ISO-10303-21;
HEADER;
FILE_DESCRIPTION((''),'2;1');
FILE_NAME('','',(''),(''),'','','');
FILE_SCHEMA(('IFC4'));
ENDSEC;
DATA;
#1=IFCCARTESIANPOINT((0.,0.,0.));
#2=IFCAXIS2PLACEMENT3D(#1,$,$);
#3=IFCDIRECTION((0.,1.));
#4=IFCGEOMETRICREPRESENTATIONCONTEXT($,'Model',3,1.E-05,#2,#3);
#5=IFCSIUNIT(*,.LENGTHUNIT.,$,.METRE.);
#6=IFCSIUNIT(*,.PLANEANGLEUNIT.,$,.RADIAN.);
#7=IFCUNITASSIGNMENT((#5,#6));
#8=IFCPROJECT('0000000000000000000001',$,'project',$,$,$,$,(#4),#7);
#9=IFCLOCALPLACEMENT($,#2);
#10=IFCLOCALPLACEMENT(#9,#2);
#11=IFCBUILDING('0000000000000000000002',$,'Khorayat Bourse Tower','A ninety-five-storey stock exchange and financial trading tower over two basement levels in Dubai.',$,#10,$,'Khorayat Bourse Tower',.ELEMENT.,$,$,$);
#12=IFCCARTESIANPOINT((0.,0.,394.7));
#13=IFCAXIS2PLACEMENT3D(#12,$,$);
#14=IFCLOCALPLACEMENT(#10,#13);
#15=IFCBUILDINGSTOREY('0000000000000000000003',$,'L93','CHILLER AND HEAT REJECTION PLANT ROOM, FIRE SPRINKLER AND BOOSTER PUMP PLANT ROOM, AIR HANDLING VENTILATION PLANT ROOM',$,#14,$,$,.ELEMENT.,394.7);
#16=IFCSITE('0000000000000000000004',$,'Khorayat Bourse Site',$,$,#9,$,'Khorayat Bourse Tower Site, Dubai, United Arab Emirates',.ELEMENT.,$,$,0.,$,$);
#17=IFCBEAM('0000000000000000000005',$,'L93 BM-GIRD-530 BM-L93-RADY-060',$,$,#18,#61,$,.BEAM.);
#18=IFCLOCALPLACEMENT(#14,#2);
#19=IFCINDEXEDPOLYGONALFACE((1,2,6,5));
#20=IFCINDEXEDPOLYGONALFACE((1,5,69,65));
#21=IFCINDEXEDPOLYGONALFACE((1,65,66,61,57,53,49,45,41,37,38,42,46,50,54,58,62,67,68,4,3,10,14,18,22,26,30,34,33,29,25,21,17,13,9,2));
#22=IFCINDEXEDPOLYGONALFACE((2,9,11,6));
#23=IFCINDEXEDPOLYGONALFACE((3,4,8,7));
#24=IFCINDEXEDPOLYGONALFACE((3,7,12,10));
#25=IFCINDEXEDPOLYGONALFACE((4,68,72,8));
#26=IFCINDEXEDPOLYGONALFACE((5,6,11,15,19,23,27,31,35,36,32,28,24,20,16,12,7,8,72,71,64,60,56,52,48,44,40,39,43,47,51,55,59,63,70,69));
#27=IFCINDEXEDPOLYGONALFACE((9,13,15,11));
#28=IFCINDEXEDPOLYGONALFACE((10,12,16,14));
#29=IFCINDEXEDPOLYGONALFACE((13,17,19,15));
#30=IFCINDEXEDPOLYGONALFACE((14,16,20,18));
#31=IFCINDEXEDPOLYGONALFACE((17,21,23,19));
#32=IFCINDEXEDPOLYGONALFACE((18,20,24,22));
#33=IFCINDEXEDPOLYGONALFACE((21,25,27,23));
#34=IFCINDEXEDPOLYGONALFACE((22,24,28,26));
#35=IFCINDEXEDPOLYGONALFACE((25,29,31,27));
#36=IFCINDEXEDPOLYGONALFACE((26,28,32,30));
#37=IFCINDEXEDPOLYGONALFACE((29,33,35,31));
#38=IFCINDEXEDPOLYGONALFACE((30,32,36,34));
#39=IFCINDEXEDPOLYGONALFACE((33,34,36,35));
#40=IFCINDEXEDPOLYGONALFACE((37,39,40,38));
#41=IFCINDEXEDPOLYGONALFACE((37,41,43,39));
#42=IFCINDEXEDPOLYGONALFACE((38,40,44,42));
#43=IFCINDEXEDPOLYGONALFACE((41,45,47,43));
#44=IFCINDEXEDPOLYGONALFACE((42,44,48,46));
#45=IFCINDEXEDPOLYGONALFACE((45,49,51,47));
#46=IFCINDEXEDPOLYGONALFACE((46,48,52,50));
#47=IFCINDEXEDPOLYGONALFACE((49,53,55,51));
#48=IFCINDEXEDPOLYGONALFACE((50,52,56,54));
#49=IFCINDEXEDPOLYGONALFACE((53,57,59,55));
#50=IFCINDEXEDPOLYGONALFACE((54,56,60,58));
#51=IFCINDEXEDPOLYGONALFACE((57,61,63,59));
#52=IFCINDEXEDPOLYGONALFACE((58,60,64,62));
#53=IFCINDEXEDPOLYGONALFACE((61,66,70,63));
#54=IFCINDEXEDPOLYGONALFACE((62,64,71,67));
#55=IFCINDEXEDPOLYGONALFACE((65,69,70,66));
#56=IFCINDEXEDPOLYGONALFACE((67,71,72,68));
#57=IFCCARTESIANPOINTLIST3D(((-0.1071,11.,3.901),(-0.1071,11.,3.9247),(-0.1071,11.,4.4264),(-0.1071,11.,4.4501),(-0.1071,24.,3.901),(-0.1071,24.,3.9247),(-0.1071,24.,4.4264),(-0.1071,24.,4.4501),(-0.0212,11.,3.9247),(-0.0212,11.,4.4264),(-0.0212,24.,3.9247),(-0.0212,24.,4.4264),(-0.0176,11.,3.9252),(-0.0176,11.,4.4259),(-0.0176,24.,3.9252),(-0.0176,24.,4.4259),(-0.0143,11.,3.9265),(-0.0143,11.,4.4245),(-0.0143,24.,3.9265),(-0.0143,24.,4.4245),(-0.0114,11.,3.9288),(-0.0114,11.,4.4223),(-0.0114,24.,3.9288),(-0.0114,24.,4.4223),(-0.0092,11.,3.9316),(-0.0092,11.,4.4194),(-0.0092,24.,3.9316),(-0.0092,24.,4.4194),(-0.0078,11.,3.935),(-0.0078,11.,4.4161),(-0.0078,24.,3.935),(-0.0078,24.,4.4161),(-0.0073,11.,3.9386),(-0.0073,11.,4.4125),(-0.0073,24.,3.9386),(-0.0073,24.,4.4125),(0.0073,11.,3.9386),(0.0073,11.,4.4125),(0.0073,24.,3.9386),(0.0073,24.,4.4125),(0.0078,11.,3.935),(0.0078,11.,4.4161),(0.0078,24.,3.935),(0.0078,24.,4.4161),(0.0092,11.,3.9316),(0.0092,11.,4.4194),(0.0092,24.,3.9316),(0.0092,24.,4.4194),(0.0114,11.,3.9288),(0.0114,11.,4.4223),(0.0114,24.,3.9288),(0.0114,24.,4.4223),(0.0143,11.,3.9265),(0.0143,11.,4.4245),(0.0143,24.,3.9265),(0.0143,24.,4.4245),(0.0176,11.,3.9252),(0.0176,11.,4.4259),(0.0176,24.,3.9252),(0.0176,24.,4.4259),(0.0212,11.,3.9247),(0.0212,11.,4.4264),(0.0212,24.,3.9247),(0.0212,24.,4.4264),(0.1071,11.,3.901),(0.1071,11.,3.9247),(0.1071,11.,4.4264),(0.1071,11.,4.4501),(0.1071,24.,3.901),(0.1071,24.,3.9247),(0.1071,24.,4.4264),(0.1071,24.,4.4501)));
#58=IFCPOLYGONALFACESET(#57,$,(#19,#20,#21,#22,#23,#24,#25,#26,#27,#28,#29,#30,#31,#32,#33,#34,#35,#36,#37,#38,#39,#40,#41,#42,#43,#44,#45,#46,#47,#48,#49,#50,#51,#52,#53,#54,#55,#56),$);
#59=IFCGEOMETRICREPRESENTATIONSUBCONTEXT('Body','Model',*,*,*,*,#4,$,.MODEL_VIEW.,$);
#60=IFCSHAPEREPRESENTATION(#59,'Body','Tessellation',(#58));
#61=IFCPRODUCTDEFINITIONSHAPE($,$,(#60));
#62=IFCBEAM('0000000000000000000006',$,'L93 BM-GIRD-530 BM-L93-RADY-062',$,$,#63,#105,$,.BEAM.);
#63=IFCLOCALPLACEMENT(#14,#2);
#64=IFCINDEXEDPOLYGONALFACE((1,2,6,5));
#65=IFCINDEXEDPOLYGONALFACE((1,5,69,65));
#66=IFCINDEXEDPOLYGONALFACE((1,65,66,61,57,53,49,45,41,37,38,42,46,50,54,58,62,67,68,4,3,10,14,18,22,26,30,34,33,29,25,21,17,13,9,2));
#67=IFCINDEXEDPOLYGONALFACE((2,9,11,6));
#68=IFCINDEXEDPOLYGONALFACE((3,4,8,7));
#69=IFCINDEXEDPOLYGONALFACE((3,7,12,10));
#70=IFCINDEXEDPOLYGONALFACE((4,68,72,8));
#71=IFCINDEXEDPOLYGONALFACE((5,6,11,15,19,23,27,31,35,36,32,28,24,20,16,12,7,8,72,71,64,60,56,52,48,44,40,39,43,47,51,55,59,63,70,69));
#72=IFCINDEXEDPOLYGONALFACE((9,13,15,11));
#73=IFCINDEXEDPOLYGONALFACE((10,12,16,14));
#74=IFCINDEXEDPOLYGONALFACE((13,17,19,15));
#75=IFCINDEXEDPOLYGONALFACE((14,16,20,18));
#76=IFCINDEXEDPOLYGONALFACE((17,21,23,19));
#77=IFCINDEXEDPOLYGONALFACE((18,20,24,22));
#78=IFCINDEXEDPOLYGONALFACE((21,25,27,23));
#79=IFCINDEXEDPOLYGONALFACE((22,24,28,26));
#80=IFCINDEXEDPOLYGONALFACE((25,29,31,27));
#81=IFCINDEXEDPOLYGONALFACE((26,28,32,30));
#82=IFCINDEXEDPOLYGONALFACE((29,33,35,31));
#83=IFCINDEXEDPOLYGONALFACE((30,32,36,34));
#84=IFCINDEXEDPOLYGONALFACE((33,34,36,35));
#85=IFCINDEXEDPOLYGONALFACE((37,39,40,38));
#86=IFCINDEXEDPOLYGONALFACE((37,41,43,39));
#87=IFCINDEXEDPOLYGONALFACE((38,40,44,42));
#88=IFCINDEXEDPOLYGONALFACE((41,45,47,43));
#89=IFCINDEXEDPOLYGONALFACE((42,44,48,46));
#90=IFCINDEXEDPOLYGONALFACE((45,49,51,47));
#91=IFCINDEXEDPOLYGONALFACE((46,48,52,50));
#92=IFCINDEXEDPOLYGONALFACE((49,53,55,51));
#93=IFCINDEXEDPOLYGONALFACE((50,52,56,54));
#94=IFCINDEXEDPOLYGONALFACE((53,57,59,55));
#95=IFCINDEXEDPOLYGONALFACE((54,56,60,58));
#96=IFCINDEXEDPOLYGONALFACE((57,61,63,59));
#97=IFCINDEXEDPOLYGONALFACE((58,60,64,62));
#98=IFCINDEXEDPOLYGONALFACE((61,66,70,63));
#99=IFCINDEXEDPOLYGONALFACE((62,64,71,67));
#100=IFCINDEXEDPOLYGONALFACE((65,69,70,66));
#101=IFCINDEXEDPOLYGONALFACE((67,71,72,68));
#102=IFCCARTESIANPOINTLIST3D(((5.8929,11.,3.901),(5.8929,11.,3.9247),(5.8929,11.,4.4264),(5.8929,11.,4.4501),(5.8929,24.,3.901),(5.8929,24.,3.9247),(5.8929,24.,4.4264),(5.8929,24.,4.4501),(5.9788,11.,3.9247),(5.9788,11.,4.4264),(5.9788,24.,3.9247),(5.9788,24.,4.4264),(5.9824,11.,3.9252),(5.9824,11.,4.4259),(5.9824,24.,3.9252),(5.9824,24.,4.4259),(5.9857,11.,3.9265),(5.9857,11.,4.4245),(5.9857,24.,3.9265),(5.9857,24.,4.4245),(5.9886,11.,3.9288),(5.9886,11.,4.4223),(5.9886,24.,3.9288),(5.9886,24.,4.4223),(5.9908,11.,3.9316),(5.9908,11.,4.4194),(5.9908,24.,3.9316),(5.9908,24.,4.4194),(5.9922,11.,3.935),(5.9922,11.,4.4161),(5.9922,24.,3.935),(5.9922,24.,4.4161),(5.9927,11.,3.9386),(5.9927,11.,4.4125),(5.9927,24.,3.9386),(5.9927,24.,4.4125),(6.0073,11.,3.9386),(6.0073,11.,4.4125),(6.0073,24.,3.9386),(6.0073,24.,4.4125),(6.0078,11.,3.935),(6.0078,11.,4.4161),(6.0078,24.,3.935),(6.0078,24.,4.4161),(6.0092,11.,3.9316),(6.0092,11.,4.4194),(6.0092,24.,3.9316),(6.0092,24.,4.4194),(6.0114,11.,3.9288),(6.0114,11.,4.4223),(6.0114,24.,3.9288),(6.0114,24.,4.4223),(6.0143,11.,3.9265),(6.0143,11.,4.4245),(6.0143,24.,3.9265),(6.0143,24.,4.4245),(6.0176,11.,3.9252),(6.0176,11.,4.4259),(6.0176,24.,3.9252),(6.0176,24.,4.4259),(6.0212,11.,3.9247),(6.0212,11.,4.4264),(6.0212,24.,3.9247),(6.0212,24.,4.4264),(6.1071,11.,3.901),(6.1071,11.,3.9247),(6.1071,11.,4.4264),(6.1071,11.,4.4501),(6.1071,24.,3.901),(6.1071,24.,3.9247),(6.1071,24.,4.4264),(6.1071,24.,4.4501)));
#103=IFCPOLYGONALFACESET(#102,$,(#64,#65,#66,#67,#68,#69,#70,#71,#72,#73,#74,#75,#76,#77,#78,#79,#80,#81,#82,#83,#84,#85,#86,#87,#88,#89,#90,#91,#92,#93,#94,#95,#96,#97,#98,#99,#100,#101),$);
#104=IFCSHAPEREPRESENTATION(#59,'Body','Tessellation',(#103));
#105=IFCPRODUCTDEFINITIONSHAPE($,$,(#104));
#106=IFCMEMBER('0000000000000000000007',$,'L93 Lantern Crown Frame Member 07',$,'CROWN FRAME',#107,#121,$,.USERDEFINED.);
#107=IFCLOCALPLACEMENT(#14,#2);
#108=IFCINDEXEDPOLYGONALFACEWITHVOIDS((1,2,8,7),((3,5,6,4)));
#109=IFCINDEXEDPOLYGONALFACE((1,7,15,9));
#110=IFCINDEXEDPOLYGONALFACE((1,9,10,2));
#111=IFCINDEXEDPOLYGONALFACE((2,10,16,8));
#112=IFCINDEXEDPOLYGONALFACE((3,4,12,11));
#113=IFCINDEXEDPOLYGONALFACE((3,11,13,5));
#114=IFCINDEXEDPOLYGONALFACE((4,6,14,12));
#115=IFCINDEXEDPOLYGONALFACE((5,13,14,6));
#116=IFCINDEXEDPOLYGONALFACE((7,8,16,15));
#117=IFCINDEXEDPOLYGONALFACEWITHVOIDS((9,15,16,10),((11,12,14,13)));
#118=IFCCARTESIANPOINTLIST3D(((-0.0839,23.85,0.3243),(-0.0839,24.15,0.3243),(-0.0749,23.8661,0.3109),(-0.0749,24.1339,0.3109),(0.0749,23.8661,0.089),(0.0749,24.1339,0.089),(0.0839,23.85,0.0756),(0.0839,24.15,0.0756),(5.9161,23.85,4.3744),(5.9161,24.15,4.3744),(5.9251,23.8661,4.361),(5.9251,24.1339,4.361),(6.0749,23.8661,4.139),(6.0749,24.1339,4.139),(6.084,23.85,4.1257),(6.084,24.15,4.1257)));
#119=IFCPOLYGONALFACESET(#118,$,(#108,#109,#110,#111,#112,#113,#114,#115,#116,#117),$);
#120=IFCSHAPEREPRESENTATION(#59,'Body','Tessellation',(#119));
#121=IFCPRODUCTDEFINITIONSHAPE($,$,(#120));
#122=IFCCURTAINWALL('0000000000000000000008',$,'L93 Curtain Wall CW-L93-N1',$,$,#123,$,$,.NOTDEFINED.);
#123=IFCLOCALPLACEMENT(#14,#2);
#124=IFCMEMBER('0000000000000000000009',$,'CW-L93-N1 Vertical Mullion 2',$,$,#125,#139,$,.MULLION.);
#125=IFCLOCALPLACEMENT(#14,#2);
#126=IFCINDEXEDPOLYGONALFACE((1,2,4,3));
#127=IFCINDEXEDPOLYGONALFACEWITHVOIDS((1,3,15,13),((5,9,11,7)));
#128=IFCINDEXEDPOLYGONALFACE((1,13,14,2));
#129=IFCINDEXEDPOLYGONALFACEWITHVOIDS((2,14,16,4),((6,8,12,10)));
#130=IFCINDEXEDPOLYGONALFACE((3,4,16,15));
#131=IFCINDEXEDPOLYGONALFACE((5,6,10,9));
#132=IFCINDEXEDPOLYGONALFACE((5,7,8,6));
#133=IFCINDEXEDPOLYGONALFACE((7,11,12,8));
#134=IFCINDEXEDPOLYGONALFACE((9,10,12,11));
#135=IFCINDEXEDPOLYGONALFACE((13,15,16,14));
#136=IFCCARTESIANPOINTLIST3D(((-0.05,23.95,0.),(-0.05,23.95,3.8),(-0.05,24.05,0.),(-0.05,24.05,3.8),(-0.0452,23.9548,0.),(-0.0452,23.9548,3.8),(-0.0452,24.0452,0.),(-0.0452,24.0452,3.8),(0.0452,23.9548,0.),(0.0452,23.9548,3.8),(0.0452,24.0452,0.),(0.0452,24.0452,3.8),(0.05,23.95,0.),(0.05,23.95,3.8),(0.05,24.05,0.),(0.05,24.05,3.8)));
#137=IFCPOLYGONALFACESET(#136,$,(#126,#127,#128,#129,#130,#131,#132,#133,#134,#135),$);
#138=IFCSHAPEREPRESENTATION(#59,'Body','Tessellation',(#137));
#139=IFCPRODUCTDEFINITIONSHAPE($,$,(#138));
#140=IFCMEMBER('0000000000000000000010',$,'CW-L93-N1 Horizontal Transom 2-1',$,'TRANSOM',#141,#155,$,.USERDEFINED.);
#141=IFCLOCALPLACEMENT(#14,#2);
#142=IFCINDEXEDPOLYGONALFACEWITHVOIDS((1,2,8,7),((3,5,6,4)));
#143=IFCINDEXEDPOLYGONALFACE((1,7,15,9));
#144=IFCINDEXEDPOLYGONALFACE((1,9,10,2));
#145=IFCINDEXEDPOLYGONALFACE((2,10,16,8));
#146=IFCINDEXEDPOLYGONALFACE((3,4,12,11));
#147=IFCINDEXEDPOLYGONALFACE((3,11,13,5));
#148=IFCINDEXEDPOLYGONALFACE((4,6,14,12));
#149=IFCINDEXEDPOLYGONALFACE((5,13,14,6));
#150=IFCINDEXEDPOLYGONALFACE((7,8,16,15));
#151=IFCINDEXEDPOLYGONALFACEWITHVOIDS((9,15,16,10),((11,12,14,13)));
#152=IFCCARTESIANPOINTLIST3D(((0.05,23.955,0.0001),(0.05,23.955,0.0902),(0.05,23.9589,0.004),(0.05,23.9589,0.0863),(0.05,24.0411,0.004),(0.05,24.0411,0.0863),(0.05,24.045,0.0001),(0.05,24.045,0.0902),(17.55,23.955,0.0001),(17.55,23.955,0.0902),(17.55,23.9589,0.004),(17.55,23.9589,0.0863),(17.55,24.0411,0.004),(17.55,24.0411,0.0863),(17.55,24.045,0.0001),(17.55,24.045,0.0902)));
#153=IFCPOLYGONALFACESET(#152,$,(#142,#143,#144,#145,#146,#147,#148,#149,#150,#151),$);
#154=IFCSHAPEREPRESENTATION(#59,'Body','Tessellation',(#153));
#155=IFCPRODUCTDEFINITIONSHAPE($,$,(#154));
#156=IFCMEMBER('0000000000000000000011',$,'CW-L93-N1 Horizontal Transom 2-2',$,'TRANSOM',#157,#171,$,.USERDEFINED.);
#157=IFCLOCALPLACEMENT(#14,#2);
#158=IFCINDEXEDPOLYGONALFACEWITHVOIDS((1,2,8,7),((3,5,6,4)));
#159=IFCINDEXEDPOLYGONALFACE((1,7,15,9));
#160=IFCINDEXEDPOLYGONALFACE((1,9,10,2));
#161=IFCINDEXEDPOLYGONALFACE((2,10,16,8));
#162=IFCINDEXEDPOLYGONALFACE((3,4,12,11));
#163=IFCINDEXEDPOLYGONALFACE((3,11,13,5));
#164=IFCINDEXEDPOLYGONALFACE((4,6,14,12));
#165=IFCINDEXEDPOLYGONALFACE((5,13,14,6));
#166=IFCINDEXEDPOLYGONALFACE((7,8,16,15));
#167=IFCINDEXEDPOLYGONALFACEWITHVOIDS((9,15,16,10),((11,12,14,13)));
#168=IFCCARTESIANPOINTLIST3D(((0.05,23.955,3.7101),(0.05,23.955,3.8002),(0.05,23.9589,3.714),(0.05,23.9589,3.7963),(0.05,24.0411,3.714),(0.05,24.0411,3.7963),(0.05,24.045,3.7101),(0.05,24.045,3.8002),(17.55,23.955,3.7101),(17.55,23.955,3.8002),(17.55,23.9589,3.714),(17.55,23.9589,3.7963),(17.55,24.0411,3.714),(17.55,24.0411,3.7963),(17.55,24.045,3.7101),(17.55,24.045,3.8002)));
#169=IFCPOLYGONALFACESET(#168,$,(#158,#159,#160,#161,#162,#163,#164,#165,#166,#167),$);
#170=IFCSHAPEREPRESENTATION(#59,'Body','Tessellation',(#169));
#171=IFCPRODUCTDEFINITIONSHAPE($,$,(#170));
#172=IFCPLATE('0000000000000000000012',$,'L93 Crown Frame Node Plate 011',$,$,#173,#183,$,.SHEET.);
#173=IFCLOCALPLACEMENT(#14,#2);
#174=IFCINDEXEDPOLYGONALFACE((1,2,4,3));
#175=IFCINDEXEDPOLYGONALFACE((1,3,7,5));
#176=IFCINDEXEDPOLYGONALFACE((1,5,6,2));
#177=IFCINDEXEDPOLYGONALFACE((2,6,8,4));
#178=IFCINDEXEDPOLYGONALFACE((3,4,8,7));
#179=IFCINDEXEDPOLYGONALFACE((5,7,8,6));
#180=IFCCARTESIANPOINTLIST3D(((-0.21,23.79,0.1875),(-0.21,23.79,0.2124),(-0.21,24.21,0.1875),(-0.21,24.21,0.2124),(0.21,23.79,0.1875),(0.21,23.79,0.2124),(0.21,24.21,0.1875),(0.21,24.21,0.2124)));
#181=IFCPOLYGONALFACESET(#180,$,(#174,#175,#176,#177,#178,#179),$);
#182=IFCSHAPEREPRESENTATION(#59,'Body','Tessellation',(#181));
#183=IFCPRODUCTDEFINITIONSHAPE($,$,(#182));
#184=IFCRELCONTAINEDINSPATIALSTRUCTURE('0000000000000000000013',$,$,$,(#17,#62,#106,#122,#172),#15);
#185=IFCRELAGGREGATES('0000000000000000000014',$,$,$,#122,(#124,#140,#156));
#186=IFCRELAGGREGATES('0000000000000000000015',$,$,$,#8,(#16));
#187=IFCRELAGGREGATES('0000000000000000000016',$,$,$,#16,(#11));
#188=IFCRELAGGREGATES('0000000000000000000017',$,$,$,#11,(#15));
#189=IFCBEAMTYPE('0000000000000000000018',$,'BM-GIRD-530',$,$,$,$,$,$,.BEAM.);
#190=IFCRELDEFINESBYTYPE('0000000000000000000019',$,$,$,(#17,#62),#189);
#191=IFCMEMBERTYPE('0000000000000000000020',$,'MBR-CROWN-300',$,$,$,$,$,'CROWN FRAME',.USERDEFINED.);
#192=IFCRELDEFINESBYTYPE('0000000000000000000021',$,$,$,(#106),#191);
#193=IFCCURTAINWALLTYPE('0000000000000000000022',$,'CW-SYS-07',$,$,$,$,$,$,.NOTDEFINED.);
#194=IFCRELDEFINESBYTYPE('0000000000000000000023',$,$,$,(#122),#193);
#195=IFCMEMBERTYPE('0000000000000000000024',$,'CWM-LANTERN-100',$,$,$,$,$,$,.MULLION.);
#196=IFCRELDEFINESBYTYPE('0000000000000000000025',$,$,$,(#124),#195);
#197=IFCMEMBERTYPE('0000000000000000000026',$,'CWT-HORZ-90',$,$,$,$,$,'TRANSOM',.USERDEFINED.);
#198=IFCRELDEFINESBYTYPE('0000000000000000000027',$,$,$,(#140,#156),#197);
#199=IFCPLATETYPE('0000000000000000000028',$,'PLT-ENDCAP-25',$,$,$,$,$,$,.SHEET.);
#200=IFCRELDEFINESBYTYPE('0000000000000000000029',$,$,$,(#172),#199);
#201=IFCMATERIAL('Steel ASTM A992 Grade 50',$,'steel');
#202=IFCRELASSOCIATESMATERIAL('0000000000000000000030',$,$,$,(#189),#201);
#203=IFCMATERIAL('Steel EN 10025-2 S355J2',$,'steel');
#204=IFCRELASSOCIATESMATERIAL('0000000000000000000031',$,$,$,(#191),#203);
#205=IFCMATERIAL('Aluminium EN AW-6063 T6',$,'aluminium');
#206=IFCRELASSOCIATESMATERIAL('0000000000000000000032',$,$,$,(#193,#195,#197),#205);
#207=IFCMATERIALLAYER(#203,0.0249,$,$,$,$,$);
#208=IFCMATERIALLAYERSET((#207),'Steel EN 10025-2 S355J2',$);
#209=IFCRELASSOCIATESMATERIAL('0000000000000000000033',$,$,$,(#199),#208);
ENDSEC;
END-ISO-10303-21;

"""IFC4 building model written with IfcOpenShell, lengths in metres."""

from ifc_helpers import new_model, si_unit, direction, frame, origin, origin_2d, place, context, subcontext, project, spatial, rectangle, hollow_rectangle, i_section, extrude, source, transform, mapped, material, layer, layer_set, material_profile, profile_set, type_object, element, aggregate, save


model = new_model("IFC4")

# Units and contexts
model_context = context("Model", 3, precision=1e-05, world=origin(), true_north=direction((0.0, 1.0)))
body_context = subcontext(model_context, "Body", "Model", "MODEL_VIEW")
ifc_project = project(units=[si_unit("LENGTHUNIT", "METRE"), si_unit("PLANEANGLEUNIT", "RADIAN")], contexts=[model_context])

# Site, building, storey
site_placement = place(None, origin())
site = spatial("IfcSite", under=ifc_project, at=site_placement, Name="Khorayat Bourse Site", LongName="Khorayat Bourse Tower Site, Dubai, United Arab Emirates", CompositionType="ELEMENT", RefElevation=0.0)
building_placement = place(site_placement, origin())
building = spatial("IfcBuilding", under=site, at=building_placement, Name="Khorayat Bourse Tower", Description="A ninety-five-storey stock exchange and financial trading tower over two basement levels in Dubai.", LongName="Khorayat Bourse Tower", CompositionType="ELEMENT")
storey_placement = place(building_placement, frame((0.0, 0.0, 394.7)))
storey = spatial("IfcBuildingStorey", under=building, at=storey_placement, Name="L93", Description="CHILLER AND HEAT REJECTION PLANT ROOM, FIRE SPRINKLER AND BOOSTER PUMP PLANT ROOM, AIR HANDLING VENTILATION PLANT ROOM", CompositionType="ELEMENT", Elevation=394.7)

# Shared definitions
ifc_material_1 = material(Name="Steel EN 10025-2 S355J2", Category="steel")

# Beams
ifc_material_2 = material(Name="Steel ASTM A992 Grade 50", Category="steel")
ifc_material_profile_1 = material_profile(ifc_material_2, i_section(OverallWidth=0.2141, OverallDepth=0.5491, WebThickness=0.0146, FlangeThickness=0.0237, FilletRadius=0.0139, at=origin_2d()), Name="W530X138")
ifc_profile_set_1 = profile_set([ifc_material_profile_1], Name="Steel ASTM A992 Grade 50")
beam_type_1 = type_object("IfcBeamType", Name="BM-GIRD-530", PredefinedType="BEAM", material=ifc_profile_set_1)
shared_shape_1 = source(origin(), body_context, "Body", "SweptSolid", [
    extrude(i_section(OverallWidth=0.2141, OverallDepth=0.5491, WebThickness=0.0146, FlangeThickness=0.0237, FilletRadius=0.0139, at=origin_2d()), origin(), (0.0, 0.0, 1.0), 13.0),
])
for number, where, z_axis, x_axis, name in (
    (1, (0.0, 11.0, 4.1755), (0.0, 1.0, 0.0), (-1.0, 0.0, 0.0), "L93 BM-GIRD-530 BM-L93-RADY-060"),
    (2, (6.0, 11.0, 4.1755), (0.0, 1.0, 0.0), (-1.0, 0.0, 0.0), "L93 BM-GIRD-530 BM-L93-RADY-062"),
):
    element("IfcBeam", number, at=place(storey_placement, frame(where, z_axis=z_axis, x_axis=x_axis)), inside=storey, type_object=beam_type_1, Name=name, PredefinedType="BEAM", context=body_context, shape_type="MappedRepresentation", body=[
        mapped(shared_shape_1, transform((0.0, 0.0, 0.0), scale=1.0)),
    ])

# Member
ifc_material_profile_2 = material_profile(ifc_material_1, hollow_rectangle(XDim=0.3, YDim=0.3, WallThickness=0.0161, at=origin_2d()), Name="HSS 300x300x16")
ifc_profile_set_2 = profile_set([ifc_material_profile_2], Name="Steel EN 10025-2 S355J2")
member_type_1 = type_object("IfcMemberType", Name="MBR-CROWN-300", ElementType="CROWN FRAME", PredefinedType="USERDEFINED", material=ifc_profile_set_2)
shared_shape_2 = source(origin(), body_context, "Body", "SweptSolid", [
    extrude(hollow_rectangle(XDim=0.3, YDim=0.3, WallThickness=0.0161, at=origin_2d()), origin(), (0.0, 0.0, 1.0), 7.239),
])
member_1_placement = place(storey_placement, frame((0.0, 24.0, 0.2), z_axis=(0.828846, 0.0, 0.559477), x_axis=(0.0, 1.0, 0.0)))
element("IfcMember", 3, at=member_1_placement, inside=storey, type_object=member_type_1, Name="L93 Lantern Crown Frame Member 07", ObjectType="CROWN FRAME", PredefinedType="USERDEFINED", context=body_context, shape_type="MappedRepresentation", body=[
    mapped(shared_shape_2, transform((0.0, 0.0, 0.0), scale=1.0)),
])

# Curtain wall, members
ifc_material_3 = material(Name="Aluminium EN AW-6063 T6", Category="aluminium")
curtain_wall_type = type_object("IfcCurtainWallType", Name="CW-SYS-07", PredefinedType="NOTDEFINED", material=ifc_material_3)
curtain_wall_placement = place(storey_placement, origin())
curtain_wall = element("IfcCurtainWall", 4, at=curtain_wall_placement, inside=storey, type_object=curtain_wall_type, Name="L93 Curtain Wall CW-L93-N1", PredefinedType="NOTDEFINED")
ifc_material_profile_3 = material_profile(ifc_material_3, hollow_rectangle(XDim=0.1001, YDim=0.1001, WallThickness=0.0049, at=origin_2d()), Name="ALU 100x100x5")
ifc_profile_set_3 = profile_set([ifc_material_profile_3], Name="Aluminium EN AW-6063 T6")
member_type_2 = type_object("IfcMemberType", Name="CWM-LANTERN-100", PredefinedType="MULLION", material=ifc_profile_set_3)
shared_shape_3 = source(origin(), body_context, "Body", "SweptSolid", [
    extrude(hollow_rectangle(XDim=0.1001, YDim=0.1001, WallThickness=0.0049, at=origin_2d()), origin(), (0.0, 0.0, 1.0), 3.8),
])
member_2_placement = place(storey_placement, frame((0.0, 24.0, 0.0), z_axis=(0.0, 0.0, 1.0), x_axis=(0.0, 1.0, 0.0)))
member_2 = element("IfcMember", 5, at=member_2_placement, type_object=member_type_2, Name="CW-L93-N1 Vertical Mullion 2", PredefinedType="MULLION", context=body_context, shape_type="MappedRepresentation", body=[
    mapped(shared_shape_3, transform((0.0, 0.0, 0.0), scale=1.0)),
])
ifc_material_profile_4 = material_profile(ifc_material_3, hollow_rectangle(XDim=0.0901, YDim=0.0901, WallThickness=0.0039, at=origin_2d()), Name="ALU 90x90x4")
ifc_profile_set_4 = profile_set([ifc_material_profile_4], Name="Aluminium EN AW-6063 T6")
member_type_3 = type_object("IfcMemberType", Name="CWT-HORZ-90", ElementType="TRANSOM", PredefinedType="USERDEFINED", material=ifc_profile_set_4)
shared_shape_4 = source(origin(), body_context, "Body", "SweptSolid", [
    extrude(hollow_rectangle(XDim=0.0901, YDim=0.0901, WallThickness=0.0039, at=origin_2d()), origin(), (0.0, 0.0, 1.0), 17.5),
])
member_3_placement = place(storey_placement, frame((0.05, 24.0, 0.0452), z_axis=(1.0, 0.0, 0.0), x_axis=(0.0, 1.0, 0.0)))
member_3 = element("IfcMember", 6, at=member_3_placement, type_object=member_type_3, Name="CW-L93-N1 Horizontal Transom 2-1", ObjectType="TRANSOM", PredefinedType="USERDEFINED", context=body_context, shape_type="MappedRepresentation", body=[
    mapped(shared_shape_4, transform((0.0, 0.0, 0.0), scale=1.0)),
])
member_4_placement = place(storey_placement, frame((0.05, 24.0, 3.7551), z_axis=(1.0, 0.0, 0.0), x_axis=(0.0, 1.0, 0.0)))
member_4 = element("IfcMember", 7, at=member_4_placement, type_object=member_type_3, Name="CW-L93-N1 Horizontal Transom 2-2", ObjectType="TRANSOM", PredefinedType="USERDEFINED", context=body_context, shape_type="MappedRepresentation", body=[
    mapped(shared_shape_4, transform((0.0, 0.0, 0.0), scale=1.0)),
])

# Plate
ifc_layer_1 = layer(ifc_material_1, 0.0249)
ifc_layer_set_1 = layer_set([ifc_layer_1], Name="Steel EN 10025-2 S355J2")
plate_type_1 = type_object("IfcPlateType", Name="PLT-ENDCAP-25", PredefinedType="SHEET", material=ifc_layer_set_1)
shared_shape_5 = source(origin(), body_context, "Body", "SweptSolid", [
    extrude(rectangle(XDim=0.4199, YDim=0.4199, at=origin_2d()), origin(), (0.0, 0.0, 1.0), 0.0249),
])
for number, where, z_axis, x_axis, name in (
    (8, (0.0, 24.0, 0.1875), (0.0, 0.0, 1.0), (1.0, 0.0, 0.0), "L93 Crown Frame Node Plate 011"),
):
    element("IfcPlate", number, at=place(storey_placement, frame(where, z_axis=z_axis, x_axis=x_axis)), inside=storey, type_object=plate_type_1, Name=name, PredefinedType="SHEET", context=body_context, shape_type="MappedRepresentation", body=[
        mapped(shared_shape_5, transform((0.0, 0.0, 0.0), scale=1.0)),
    ])

aggregate(curtain_wall, [member_2, member_3, member_4])

save(model, "model.ifc")
